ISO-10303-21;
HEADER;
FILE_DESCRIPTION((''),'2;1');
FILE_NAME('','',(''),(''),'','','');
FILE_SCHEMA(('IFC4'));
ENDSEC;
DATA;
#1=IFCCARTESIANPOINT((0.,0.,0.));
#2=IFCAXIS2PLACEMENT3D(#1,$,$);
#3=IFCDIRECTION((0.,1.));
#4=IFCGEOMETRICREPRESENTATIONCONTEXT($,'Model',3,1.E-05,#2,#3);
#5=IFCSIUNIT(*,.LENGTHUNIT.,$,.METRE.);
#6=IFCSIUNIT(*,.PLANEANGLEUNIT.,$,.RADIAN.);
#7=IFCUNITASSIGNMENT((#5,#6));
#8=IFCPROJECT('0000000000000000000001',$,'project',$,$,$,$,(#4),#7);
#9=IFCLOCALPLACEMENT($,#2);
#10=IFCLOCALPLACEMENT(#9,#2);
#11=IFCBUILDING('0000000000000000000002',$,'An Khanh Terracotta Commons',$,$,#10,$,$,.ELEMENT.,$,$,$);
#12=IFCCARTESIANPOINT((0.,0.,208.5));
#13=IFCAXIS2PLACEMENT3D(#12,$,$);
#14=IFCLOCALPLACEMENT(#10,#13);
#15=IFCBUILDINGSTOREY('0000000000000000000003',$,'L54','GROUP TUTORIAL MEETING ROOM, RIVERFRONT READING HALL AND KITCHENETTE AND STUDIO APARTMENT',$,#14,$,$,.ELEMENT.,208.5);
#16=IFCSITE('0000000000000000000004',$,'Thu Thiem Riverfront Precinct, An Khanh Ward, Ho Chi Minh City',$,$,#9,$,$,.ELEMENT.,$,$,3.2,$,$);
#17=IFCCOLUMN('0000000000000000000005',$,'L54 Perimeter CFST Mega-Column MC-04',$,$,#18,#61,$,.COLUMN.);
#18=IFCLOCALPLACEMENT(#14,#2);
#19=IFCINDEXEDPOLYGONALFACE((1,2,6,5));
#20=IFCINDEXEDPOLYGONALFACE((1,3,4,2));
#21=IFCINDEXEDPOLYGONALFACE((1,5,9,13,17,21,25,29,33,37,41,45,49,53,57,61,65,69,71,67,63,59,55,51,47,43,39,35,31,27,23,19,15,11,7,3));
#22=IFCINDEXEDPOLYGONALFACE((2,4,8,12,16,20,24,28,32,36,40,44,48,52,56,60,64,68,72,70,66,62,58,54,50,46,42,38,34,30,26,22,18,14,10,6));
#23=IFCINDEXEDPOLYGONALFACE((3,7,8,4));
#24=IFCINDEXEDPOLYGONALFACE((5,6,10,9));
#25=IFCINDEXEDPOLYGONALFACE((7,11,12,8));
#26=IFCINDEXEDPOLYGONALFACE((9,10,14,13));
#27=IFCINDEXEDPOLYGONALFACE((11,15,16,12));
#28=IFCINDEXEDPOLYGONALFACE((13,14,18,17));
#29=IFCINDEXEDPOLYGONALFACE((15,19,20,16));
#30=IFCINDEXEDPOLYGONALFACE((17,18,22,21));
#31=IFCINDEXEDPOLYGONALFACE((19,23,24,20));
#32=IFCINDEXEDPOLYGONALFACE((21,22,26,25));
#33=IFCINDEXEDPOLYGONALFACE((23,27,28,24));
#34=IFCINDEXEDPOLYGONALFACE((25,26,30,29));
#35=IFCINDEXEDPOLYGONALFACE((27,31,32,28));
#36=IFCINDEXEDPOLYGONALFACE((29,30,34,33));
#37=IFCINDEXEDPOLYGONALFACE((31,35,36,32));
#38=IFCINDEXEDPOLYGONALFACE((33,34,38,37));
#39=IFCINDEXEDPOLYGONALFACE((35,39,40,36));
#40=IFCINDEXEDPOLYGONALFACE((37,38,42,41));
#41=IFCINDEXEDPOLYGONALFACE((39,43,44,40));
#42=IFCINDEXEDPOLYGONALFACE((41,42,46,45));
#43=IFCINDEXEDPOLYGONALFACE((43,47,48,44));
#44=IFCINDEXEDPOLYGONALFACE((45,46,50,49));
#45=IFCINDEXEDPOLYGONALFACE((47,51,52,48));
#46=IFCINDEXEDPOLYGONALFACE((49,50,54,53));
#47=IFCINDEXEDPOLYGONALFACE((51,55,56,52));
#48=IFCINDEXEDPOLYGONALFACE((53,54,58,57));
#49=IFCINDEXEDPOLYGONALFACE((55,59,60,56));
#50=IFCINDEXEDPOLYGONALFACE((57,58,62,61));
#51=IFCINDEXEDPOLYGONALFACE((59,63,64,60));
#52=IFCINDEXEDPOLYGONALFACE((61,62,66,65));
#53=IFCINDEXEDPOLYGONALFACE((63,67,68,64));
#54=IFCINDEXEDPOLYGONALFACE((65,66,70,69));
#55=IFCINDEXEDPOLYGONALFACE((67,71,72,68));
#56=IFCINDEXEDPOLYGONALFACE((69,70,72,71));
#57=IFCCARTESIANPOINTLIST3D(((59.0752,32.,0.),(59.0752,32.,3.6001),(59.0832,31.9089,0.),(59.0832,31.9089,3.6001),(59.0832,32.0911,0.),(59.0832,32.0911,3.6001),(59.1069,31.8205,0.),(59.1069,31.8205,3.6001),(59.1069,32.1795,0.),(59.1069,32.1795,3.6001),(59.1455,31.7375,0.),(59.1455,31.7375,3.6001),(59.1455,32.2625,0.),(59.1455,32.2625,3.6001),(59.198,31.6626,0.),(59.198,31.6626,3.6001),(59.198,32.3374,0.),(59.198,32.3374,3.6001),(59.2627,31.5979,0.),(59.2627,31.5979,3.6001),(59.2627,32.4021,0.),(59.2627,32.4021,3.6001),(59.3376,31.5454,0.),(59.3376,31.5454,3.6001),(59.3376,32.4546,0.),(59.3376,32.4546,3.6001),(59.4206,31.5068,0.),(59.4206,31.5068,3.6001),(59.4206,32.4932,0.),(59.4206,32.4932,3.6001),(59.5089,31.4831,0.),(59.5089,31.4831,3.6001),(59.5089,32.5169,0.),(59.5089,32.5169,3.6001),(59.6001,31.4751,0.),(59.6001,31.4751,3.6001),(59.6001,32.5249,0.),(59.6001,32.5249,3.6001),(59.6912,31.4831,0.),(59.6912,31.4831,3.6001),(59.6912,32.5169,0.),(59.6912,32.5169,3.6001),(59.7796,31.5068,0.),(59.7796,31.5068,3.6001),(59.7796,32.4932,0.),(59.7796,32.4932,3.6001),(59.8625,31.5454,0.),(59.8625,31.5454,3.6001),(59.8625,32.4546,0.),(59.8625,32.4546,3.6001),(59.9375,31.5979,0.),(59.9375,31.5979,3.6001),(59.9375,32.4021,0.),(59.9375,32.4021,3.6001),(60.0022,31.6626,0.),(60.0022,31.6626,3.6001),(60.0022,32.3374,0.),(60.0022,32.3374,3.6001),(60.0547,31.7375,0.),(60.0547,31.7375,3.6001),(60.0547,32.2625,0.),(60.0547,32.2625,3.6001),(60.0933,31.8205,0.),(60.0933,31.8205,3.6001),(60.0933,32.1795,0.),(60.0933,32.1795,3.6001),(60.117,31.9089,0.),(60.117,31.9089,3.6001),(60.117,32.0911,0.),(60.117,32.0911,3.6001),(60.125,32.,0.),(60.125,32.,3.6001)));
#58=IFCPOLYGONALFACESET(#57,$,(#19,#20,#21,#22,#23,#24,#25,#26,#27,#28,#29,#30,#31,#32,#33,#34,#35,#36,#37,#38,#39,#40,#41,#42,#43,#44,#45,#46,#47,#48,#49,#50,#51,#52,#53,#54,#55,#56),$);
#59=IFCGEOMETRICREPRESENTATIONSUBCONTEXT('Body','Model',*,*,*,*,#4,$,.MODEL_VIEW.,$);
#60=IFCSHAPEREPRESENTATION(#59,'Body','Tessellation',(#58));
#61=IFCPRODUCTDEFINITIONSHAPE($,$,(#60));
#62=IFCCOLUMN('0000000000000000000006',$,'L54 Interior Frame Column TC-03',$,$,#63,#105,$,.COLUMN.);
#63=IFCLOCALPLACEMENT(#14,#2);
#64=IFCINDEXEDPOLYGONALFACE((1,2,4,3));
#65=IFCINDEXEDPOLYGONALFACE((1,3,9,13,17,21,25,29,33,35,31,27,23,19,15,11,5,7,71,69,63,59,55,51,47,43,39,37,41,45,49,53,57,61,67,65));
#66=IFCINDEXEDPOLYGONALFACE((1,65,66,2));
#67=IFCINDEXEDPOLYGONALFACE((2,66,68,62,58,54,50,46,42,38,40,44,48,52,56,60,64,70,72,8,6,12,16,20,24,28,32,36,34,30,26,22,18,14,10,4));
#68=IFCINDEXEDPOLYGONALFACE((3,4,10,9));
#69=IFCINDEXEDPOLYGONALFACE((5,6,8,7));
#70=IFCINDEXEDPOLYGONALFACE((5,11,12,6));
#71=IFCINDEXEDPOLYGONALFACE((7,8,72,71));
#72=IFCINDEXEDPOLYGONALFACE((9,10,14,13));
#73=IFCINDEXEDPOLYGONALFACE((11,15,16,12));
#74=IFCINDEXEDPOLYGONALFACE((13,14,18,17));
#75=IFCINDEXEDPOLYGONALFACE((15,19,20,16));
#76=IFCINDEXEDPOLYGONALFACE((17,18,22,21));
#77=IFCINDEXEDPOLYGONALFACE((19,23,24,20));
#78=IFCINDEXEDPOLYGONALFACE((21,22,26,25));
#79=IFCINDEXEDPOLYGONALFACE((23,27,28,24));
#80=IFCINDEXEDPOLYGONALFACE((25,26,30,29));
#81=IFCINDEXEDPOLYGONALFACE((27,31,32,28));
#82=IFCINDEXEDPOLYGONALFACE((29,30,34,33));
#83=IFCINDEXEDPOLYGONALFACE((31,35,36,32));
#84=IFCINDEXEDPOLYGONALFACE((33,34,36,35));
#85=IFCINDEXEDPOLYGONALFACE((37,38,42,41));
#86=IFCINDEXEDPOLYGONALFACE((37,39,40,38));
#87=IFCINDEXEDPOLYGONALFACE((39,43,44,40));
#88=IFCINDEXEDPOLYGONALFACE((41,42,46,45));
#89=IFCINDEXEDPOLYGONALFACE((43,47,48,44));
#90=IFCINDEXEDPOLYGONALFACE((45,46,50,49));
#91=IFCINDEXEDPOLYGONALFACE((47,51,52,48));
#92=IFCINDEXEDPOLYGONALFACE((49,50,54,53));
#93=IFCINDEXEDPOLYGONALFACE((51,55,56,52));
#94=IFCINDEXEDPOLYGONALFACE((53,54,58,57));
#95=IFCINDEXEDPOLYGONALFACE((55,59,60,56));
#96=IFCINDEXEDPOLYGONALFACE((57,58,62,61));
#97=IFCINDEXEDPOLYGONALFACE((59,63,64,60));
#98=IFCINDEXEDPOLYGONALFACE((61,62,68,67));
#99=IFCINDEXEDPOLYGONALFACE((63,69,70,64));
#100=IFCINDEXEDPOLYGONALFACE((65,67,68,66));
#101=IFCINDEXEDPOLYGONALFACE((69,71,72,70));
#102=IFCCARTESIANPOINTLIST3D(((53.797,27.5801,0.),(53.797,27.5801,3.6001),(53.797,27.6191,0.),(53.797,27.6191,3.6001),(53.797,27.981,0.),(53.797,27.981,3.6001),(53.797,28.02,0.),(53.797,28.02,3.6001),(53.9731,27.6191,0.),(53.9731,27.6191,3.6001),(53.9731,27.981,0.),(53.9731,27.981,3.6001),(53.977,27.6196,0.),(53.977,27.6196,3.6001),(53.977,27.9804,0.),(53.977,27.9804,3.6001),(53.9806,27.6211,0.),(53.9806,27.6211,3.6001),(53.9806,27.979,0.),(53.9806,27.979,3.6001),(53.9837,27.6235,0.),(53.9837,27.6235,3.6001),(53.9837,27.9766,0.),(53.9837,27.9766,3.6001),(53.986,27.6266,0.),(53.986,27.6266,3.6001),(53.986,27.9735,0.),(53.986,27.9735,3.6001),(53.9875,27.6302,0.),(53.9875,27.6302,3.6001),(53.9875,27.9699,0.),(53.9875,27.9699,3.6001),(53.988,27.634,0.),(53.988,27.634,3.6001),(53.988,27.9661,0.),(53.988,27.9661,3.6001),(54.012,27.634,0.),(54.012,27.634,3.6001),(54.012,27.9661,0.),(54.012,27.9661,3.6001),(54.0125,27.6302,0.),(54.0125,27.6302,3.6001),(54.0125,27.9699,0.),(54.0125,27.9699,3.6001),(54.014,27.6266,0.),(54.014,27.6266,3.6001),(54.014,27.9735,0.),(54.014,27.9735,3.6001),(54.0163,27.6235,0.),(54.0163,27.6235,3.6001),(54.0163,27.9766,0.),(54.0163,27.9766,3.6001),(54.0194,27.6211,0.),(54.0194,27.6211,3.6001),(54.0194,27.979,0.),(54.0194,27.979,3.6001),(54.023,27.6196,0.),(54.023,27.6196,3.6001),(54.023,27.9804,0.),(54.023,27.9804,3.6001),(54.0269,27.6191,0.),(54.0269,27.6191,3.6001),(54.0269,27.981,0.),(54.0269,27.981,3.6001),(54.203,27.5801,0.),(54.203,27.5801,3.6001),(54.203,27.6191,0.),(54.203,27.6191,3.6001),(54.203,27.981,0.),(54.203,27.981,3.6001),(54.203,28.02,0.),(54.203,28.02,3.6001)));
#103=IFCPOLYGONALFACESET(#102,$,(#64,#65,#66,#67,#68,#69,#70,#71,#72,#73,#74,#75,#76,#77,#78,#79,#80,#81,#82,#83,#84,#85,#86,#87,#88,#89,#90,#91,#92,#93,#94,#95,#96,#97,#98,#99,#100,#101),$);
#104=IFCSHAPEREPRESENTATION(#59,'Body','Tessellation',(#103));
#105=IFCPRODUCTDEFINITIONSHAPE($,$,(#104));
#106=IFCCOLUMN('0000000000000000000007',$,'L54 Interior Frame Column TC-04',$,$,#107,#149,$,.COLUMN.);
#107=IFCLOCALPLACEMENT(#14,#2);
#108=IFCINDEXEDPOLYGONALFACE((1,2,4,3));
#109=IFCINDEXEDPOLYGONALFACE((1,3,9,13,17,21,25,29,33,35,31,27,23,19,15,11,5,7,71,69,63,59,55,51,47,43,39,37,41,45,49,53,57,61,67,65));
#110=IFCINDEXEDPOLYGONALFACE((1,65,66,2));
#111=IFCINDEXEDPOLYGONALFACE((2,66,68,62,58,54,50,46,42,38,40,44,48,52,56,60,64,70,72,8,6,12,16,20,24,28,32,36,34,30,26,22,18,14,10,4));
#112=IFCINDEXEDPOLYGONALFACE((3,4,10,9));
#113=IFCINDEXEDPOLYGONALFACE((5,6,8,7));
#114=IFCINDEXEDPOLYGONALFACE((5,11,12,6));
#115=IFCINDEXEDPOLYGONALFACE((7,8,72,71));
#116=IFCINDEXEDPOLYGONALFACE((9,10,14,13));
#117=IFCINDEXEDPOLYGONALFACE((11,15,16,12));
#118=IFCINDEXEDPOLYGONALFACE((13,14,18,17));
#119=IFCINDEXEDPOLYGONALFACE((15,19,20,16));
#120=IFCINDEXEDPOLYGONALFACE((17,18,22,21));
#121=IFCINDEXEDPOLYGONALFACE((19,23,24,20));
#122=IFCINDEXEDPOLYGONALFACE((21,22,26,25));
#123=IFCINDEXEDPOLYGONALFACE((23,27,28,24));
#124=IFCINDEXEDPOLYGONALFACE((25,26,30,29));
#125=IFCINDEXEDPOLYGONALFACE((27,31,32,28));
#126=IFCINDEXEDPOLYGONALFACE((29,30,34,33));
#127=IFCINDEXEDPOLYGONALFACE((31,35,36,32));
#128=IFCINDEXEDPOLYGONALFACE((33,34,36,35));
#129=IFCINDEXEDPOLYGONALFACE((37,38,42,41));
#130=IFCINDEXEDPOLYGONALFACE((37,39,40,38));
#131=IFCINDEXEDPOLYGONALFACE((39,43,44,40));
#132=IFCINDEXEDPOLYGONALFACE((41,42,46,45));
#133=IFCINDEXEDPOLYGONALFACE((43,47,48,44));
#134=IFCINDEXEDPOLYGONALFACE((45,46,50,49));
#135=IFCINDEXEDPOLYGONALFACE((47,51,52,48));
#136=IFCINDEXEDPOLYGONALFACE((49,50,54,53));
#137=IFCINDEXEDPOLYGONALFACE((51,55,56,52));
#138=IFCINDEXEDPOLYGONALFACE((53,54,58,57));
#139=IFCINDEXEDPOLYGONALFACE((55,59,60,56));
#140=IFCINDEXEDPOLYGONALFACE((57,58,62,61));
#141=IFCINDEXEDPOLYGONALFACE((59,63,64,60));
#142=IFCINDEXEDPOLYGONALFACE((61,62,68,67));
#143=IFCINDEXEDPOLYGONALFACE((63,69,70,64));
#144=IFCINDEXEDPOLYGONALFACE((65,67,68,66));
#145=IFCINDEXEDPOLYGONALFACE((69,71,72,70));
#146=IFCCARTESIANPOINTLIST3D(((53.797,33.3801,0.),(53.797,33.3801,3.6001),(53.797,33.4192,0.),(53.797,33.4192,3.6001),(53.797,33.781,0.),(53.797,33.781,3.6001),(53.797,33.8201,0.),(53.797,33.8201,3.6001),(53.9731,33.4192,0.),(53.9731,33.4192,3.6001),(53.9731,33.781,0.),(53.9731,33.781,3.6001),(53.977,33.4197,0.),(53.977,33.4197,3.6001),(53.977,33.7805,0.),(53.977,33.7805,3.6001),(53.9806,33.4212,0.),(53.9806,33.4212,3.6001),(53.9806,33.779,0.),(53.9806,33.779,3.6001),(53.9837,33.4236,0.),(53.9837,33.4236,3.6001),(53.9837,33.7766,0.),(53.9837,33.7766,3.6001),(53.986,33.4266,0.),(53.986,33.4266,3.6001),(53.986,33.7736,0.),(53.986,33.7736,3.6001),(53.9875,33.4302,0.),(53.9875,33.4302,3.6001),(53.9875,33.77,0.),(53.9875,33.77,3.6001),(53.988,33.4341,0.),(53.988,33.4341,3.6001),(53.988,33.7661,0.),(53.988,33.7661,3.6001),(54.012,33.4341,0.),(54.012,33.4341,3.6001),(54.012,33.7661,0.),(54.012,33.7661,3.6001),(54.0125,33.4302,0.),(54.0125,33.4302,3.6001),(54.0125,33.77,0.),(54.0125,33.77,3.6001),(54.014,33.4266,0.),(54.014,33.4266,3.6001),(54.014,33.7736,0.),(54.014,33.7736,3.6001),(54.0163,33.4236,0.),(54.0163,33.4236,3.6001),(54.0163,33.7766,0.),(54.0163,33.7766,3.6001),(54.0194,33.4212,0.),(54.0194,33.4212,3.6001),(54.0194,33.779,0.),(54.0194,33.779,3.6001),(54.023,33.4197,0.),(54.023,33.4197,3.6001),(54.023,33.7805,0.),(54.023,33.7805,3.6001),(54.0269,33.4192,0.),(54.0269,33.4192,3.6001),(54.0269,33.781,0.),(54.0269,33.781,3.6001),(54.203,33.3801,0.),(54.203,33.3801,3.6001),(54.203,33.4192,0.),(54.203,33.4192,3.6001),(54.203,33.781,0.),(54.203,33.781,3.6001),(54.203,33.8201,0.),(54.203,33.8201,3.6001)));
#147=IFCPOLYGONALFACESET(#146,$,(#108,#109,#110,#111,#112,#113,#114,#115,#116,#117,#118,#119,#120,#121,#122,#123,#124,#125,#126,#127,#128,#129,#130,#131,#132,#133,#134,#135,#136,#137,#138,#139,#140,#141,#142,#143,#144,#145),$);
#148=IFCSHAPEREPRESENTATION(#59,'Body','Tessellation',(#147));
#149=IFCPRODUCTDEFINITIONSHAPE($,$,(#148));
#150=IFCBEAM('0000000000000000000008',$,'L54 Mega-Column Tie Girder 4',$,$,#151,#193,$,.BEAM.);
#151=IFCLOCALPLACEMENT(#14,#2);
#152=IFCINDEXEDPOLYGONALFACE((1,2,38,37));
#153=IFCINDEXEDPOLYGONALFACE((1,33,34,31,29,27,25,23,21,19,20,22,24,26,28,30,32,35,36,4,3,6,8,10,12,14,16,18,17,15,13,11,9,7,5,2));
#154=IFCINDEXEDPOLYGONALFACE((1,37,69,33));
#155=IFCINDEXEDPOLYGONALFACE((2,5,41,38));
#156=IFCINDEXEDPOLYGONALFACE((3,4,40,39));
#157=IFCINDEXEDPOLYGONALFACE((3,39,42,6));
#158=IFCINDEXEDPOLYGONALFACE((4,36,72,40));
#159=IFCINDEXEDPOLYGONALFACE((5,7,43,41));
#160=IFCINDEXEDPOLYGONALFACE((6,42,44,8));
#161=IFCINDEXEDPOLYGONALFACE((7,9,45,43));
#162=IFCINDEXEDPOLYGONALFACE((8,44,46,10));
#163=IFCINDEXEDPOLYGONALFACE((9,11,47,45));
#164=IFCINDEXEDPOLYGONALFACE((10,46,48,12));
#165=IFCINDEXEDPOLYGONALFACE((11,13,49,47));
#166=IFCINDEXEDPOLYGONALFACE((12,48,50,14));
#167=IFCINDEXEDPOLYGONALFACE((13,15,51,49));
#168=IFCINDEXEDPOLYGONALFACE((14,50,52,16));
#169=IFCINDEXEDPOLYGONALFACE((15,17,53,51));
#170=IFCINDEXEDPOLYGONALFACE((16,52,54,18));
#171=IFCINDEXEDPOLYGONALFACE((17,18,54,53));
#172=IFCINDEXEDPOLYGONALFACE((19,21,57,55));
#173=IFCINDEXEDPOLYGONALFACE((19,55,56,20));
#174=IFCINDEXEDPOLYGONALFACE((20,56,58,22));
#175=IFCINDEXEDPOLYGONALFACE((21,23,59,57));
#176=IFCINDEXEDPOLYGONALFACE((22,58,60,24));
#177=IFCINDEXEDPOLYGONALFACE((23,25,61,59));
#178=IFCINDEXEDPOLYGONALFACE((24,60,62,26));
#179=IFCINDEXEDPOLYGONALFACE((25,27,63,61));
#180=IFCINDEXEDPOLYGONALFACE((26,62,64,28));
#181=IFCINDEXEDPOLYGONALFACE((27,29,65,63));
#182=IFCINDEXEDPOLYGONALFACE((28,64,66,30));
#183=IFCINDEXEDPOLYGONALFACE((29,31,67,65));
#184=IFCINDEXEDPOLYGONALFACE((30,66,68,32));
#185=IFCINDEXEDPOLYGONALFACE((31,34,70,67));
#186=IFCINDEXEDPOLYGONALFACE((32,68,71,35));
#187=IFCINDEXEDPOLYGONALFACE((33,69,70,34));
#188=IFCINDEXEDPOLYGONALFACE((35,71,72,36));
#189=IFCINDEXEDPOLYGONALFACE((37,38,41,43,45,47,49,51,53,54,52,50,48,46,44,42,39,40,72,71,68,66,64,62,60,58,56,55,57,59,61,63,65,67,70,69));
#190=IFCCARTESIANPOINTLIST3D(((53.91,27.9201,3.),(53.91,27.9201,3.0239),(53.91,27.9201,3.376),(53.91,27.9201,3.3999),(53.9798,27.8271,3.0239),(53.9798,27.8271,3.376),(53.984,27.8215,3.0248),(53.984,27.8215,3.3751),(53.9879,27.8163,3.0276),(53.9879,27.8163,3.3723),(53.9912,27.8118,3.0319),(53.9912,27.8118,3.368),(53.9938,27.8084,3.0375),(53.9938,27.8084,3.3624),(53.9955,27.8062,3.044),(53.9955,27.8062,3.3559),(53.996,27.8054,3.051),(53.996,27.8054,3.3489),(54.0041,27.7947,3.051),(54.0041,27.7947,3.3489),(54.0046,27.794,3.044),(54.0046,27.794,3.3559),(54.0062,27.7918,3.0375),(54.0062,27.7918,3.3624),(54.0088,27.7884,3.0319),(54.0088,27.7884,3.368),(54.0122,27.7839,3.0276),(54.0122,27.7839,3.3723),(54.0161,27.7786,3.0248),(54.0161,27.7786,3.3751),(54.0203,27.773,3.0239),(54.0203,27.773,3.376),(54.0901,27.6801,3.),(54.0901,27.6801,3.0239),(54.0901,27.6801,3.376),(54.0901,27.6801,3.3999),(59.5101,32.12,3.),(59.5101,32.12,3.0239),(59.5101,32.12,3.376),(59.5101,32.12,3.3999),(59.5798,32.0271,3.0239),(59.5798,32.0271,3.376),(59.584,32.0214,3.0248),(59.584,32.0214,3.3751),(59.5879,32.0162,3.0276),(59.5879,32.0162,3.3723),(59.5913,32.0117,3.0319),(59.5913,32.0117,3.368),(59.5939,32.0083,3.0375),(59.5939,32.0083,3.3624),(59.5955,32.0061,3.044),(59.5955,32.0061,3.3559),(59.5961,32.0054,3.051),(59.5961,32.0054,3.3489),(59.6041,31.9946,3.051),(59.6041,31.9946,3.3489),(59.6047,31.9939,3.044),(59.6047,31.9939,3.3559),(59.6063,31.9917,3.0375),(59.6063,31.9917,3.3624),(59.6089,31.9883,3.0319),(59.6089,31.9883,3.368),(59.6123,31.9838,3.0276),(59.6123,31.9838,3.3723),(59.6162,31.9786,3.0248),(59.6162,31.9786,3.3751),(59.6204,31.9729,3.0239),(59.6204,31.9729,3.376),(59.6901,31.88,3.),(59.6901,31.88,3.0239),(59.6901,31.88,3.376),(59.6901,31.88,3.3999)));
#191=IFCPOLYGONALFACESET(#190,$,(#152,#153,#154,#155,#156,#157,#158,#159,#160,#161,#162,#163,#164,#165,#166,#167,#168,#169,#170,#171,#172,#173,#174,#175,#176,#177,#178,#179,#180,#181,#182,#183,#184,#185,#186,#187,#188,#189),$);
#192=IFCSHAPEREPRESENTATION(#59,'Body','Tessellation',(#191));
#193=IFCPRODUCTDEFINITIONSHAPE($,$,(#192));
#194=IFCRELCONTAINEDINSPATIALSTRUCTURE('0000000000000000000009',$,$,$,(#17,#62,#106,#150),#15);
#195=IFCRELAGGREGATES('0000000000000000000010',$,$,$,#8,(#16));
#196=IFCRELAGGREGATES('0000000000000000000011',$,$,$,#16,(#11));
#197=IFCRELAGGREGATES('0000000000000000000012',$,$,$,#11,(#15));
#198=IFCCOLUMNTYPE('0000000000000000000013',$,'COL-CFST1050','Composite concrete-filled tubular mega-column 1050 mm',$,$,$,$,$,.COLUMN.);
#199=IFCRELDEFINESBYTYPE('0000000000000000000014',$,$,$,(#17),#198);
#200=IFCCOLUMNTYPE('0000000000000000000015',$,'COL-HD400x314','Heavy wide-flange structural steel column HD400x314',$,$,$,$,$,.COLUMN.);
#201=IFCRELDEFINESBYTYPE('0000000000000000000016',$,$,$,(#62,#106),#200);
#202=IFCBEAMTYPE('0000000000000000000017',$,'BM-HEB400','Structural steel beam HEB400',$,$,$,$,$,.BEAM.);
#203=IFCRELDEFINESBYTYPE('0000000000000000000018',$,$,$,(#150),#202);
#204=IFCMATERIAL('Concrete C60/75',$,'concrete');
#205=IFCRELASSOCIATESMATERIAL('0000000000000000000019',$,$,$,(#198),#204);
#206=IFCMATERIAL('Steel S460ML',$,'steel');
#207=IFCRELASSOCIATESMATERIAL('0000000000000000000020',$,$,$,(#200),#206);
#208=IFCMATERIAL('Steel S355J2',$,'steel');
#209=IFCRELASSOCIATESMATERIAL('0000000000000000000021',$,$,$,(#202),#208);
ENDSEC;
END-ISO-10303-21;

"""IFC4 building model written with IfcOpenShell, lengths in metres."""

from ifc_helpers import new_model, si_unit, direction, frame, origin, origin_2d, place, context, subcontext, project, spatial, circle, i_section, extrude, material, material_profile, profile_set, type_object, element, save


model = new_model("IFC4")

# Units and contexts
model_context = context("Model", 3, precision=1e-05, world=origin(), true_north=direction((0.0, 1.0)))
body_context = subcontext(model_context, "Body", "Model", "MODEL_VIEW")
ifc_project = project(units=[si_unit("LENGTHUNIT", "METRE"), si_unit("PLANEANGLEUNIT", "RADIAN")], contexts=[model_context])

# Site, building, storey
site_placement = place(None, origin())
site = spatial("IfcSite", under=ifc_project, at=site_placement, Name="Thu Thiem Riverfront Precinct, An Khanh Ward, Ho Chi Minh City", CompositionType="ELEMENT", RefElevation=3.2)
building_placement = place(site_placement, origin())
building = spatial("IfcBuilding", under=site, at=building_placement, Name="An Khanh Terracotta Commons", CompositionType="ELEMENT")
storey_placement = place(building_placement, frame((0.0, 0.0, 208.5)))
storey = spatial("IfcBuildingStorey", under=building, at=storey_placement, Name="L54", Description="GROUP TUTORIAL MEETING ROOM, RIVERFRONT READING HALL AND KITCHENETTE AND STUDIO APARTMENT", CompositionType="ELEMENT", Elevation=208.5)

# Columns
ifc_material_1 = material(Name="Concrete C60/75", Category="concrete")
ifc_material_profile_1 = material_profile(ifc_material_1, circle(Radius=0.5249, at=origin_2d()), Name="CFST1050")
ifc_profile_set_1 = profile_set([ifc_material_profile_1], Name="Concrete C60/75")
column_type_1 = type_object("IfcColumnType", Name="COL-CFST1050", Description="Composite concrete-filled tubular mega-column 1050 mm", PredefinedType="COLUMN", material=ifc_profile_set_1)
column_placement = place(storey_placement, frame((59.6001, 32.0, 0.0), z_axis=(0.0, 0.0, 1.0), x_axis=(1.0, 0.0, 0.0)))
element("IfcColumn", 1, at=column_placement, inside=storey, type_object=column_type_1, Name="L54 Perimeter CFST Mega-Column MC-04", PredefinedType="COLUMN", context=body_context, shape_type="SweptSolid", body=[
    extrude(circle(Radius=0.5249, at=origin_2d()), origin(), (0.0, 0.0, 1.0), 3.6001),
])
ifc_material_2 = material(Name="Steel S460ML", Category="steel")
ifc_material_profile_2 = material_profile(ifc_material_2, i_section(OverallWidth=0.406, OverallDepth=0.4399, WebThickness=0.0239, FlangeThickness=0.0391, FilletRadius=0.0149, at=origin_2d()), Name="HD400x314")
ifc_profile_set_2 = profile_set([ifc_material_profile_2], Name="Steel S460ML")
column_type_2 = type_object("IfcColumnType", Name="COL-HD400x314", Description="Heavy wide-flange structural steel column HD400x314", PredefinedType="COLUMN", material=ifc_profile_set_2)
for number, where, z_axis, x_axis, name in (
    (2, (54.0, 27.8, 0.0), (0.0, 0.0, 1.0), (1.0, 0.0, 0.0), "L54 Interior Frame Column TC-03"),
    (3, (54.0, 33.6001, 0.0), (0.0, 0.0, 1.0), (1.0, 0.0, 0.0), "L54 Interior Frame Column TC-04"),
):
    element("IfcColumn", number, at=place(storey_placement, frame(where, z_axis=z_axis, x_axis=x_axis)), inside=storey, type_object=column_type_2, Name=name, PredefinedType="COLUMN", context=body_context, shape_type="SweptSolid", body=[
        extrude(i_section(OverallWidth=0.406, OverallDepth=0.4399, WebThickness=0.0239, FlangeThickness=0.0391, FilletRadius=0.0149, at=origin_2d()), origin(), (0.0, 0.0, 1.0), 3.6001),
    ])

# Beam
ifc_material_3 = material(Name="Steel S355J2", Category="steel")
ifc_material_profile_3 = material_profile(ifc_material_3, i_section(OverallWidth=0.3, OverallDepth=0.3999, WebThickness=0.0134, FlangeThickness=0.0239, FilletRadius=0.0271, at=origin_2d()), Name="HEB400")
ifc_profile_set_3 = profile_set([ifc_material_profile_3], Name="Steel S355J2")
beam_type_1 = type_object("IfcBeamType", Name="BM-HEB400", Description="Structural steel beam HEB400", PredefinedType="BEAM", material=ifc_profile_set_3)
beam_1_placement = place(storey_placement, frame((59.6001, 32.0, 3.2), z_axis=(-0.800008, -0.599989, 0.0), x_axis=(0.599989, -0.800008, 0.0)))
element("IfcBeam", 4, at=beam_1_placement, inside=storey, type_object=beam_type_1, Name="L54 Mega-Column Tie Girder 4", PredefinedType="BEAM", context=body_context, shape_type="SweptSolid", body=[
    extrude(i_section(OverallWidth=0.3, OverallDepth=0.3999, WebThickness=0.0134, FlangeThickness=0.0239, FilletRadius=0.0271, at=origin_2d()), origin(), (0.0, 0.0, 1.0), 7.0),
])

save(model, "model.ifc")
